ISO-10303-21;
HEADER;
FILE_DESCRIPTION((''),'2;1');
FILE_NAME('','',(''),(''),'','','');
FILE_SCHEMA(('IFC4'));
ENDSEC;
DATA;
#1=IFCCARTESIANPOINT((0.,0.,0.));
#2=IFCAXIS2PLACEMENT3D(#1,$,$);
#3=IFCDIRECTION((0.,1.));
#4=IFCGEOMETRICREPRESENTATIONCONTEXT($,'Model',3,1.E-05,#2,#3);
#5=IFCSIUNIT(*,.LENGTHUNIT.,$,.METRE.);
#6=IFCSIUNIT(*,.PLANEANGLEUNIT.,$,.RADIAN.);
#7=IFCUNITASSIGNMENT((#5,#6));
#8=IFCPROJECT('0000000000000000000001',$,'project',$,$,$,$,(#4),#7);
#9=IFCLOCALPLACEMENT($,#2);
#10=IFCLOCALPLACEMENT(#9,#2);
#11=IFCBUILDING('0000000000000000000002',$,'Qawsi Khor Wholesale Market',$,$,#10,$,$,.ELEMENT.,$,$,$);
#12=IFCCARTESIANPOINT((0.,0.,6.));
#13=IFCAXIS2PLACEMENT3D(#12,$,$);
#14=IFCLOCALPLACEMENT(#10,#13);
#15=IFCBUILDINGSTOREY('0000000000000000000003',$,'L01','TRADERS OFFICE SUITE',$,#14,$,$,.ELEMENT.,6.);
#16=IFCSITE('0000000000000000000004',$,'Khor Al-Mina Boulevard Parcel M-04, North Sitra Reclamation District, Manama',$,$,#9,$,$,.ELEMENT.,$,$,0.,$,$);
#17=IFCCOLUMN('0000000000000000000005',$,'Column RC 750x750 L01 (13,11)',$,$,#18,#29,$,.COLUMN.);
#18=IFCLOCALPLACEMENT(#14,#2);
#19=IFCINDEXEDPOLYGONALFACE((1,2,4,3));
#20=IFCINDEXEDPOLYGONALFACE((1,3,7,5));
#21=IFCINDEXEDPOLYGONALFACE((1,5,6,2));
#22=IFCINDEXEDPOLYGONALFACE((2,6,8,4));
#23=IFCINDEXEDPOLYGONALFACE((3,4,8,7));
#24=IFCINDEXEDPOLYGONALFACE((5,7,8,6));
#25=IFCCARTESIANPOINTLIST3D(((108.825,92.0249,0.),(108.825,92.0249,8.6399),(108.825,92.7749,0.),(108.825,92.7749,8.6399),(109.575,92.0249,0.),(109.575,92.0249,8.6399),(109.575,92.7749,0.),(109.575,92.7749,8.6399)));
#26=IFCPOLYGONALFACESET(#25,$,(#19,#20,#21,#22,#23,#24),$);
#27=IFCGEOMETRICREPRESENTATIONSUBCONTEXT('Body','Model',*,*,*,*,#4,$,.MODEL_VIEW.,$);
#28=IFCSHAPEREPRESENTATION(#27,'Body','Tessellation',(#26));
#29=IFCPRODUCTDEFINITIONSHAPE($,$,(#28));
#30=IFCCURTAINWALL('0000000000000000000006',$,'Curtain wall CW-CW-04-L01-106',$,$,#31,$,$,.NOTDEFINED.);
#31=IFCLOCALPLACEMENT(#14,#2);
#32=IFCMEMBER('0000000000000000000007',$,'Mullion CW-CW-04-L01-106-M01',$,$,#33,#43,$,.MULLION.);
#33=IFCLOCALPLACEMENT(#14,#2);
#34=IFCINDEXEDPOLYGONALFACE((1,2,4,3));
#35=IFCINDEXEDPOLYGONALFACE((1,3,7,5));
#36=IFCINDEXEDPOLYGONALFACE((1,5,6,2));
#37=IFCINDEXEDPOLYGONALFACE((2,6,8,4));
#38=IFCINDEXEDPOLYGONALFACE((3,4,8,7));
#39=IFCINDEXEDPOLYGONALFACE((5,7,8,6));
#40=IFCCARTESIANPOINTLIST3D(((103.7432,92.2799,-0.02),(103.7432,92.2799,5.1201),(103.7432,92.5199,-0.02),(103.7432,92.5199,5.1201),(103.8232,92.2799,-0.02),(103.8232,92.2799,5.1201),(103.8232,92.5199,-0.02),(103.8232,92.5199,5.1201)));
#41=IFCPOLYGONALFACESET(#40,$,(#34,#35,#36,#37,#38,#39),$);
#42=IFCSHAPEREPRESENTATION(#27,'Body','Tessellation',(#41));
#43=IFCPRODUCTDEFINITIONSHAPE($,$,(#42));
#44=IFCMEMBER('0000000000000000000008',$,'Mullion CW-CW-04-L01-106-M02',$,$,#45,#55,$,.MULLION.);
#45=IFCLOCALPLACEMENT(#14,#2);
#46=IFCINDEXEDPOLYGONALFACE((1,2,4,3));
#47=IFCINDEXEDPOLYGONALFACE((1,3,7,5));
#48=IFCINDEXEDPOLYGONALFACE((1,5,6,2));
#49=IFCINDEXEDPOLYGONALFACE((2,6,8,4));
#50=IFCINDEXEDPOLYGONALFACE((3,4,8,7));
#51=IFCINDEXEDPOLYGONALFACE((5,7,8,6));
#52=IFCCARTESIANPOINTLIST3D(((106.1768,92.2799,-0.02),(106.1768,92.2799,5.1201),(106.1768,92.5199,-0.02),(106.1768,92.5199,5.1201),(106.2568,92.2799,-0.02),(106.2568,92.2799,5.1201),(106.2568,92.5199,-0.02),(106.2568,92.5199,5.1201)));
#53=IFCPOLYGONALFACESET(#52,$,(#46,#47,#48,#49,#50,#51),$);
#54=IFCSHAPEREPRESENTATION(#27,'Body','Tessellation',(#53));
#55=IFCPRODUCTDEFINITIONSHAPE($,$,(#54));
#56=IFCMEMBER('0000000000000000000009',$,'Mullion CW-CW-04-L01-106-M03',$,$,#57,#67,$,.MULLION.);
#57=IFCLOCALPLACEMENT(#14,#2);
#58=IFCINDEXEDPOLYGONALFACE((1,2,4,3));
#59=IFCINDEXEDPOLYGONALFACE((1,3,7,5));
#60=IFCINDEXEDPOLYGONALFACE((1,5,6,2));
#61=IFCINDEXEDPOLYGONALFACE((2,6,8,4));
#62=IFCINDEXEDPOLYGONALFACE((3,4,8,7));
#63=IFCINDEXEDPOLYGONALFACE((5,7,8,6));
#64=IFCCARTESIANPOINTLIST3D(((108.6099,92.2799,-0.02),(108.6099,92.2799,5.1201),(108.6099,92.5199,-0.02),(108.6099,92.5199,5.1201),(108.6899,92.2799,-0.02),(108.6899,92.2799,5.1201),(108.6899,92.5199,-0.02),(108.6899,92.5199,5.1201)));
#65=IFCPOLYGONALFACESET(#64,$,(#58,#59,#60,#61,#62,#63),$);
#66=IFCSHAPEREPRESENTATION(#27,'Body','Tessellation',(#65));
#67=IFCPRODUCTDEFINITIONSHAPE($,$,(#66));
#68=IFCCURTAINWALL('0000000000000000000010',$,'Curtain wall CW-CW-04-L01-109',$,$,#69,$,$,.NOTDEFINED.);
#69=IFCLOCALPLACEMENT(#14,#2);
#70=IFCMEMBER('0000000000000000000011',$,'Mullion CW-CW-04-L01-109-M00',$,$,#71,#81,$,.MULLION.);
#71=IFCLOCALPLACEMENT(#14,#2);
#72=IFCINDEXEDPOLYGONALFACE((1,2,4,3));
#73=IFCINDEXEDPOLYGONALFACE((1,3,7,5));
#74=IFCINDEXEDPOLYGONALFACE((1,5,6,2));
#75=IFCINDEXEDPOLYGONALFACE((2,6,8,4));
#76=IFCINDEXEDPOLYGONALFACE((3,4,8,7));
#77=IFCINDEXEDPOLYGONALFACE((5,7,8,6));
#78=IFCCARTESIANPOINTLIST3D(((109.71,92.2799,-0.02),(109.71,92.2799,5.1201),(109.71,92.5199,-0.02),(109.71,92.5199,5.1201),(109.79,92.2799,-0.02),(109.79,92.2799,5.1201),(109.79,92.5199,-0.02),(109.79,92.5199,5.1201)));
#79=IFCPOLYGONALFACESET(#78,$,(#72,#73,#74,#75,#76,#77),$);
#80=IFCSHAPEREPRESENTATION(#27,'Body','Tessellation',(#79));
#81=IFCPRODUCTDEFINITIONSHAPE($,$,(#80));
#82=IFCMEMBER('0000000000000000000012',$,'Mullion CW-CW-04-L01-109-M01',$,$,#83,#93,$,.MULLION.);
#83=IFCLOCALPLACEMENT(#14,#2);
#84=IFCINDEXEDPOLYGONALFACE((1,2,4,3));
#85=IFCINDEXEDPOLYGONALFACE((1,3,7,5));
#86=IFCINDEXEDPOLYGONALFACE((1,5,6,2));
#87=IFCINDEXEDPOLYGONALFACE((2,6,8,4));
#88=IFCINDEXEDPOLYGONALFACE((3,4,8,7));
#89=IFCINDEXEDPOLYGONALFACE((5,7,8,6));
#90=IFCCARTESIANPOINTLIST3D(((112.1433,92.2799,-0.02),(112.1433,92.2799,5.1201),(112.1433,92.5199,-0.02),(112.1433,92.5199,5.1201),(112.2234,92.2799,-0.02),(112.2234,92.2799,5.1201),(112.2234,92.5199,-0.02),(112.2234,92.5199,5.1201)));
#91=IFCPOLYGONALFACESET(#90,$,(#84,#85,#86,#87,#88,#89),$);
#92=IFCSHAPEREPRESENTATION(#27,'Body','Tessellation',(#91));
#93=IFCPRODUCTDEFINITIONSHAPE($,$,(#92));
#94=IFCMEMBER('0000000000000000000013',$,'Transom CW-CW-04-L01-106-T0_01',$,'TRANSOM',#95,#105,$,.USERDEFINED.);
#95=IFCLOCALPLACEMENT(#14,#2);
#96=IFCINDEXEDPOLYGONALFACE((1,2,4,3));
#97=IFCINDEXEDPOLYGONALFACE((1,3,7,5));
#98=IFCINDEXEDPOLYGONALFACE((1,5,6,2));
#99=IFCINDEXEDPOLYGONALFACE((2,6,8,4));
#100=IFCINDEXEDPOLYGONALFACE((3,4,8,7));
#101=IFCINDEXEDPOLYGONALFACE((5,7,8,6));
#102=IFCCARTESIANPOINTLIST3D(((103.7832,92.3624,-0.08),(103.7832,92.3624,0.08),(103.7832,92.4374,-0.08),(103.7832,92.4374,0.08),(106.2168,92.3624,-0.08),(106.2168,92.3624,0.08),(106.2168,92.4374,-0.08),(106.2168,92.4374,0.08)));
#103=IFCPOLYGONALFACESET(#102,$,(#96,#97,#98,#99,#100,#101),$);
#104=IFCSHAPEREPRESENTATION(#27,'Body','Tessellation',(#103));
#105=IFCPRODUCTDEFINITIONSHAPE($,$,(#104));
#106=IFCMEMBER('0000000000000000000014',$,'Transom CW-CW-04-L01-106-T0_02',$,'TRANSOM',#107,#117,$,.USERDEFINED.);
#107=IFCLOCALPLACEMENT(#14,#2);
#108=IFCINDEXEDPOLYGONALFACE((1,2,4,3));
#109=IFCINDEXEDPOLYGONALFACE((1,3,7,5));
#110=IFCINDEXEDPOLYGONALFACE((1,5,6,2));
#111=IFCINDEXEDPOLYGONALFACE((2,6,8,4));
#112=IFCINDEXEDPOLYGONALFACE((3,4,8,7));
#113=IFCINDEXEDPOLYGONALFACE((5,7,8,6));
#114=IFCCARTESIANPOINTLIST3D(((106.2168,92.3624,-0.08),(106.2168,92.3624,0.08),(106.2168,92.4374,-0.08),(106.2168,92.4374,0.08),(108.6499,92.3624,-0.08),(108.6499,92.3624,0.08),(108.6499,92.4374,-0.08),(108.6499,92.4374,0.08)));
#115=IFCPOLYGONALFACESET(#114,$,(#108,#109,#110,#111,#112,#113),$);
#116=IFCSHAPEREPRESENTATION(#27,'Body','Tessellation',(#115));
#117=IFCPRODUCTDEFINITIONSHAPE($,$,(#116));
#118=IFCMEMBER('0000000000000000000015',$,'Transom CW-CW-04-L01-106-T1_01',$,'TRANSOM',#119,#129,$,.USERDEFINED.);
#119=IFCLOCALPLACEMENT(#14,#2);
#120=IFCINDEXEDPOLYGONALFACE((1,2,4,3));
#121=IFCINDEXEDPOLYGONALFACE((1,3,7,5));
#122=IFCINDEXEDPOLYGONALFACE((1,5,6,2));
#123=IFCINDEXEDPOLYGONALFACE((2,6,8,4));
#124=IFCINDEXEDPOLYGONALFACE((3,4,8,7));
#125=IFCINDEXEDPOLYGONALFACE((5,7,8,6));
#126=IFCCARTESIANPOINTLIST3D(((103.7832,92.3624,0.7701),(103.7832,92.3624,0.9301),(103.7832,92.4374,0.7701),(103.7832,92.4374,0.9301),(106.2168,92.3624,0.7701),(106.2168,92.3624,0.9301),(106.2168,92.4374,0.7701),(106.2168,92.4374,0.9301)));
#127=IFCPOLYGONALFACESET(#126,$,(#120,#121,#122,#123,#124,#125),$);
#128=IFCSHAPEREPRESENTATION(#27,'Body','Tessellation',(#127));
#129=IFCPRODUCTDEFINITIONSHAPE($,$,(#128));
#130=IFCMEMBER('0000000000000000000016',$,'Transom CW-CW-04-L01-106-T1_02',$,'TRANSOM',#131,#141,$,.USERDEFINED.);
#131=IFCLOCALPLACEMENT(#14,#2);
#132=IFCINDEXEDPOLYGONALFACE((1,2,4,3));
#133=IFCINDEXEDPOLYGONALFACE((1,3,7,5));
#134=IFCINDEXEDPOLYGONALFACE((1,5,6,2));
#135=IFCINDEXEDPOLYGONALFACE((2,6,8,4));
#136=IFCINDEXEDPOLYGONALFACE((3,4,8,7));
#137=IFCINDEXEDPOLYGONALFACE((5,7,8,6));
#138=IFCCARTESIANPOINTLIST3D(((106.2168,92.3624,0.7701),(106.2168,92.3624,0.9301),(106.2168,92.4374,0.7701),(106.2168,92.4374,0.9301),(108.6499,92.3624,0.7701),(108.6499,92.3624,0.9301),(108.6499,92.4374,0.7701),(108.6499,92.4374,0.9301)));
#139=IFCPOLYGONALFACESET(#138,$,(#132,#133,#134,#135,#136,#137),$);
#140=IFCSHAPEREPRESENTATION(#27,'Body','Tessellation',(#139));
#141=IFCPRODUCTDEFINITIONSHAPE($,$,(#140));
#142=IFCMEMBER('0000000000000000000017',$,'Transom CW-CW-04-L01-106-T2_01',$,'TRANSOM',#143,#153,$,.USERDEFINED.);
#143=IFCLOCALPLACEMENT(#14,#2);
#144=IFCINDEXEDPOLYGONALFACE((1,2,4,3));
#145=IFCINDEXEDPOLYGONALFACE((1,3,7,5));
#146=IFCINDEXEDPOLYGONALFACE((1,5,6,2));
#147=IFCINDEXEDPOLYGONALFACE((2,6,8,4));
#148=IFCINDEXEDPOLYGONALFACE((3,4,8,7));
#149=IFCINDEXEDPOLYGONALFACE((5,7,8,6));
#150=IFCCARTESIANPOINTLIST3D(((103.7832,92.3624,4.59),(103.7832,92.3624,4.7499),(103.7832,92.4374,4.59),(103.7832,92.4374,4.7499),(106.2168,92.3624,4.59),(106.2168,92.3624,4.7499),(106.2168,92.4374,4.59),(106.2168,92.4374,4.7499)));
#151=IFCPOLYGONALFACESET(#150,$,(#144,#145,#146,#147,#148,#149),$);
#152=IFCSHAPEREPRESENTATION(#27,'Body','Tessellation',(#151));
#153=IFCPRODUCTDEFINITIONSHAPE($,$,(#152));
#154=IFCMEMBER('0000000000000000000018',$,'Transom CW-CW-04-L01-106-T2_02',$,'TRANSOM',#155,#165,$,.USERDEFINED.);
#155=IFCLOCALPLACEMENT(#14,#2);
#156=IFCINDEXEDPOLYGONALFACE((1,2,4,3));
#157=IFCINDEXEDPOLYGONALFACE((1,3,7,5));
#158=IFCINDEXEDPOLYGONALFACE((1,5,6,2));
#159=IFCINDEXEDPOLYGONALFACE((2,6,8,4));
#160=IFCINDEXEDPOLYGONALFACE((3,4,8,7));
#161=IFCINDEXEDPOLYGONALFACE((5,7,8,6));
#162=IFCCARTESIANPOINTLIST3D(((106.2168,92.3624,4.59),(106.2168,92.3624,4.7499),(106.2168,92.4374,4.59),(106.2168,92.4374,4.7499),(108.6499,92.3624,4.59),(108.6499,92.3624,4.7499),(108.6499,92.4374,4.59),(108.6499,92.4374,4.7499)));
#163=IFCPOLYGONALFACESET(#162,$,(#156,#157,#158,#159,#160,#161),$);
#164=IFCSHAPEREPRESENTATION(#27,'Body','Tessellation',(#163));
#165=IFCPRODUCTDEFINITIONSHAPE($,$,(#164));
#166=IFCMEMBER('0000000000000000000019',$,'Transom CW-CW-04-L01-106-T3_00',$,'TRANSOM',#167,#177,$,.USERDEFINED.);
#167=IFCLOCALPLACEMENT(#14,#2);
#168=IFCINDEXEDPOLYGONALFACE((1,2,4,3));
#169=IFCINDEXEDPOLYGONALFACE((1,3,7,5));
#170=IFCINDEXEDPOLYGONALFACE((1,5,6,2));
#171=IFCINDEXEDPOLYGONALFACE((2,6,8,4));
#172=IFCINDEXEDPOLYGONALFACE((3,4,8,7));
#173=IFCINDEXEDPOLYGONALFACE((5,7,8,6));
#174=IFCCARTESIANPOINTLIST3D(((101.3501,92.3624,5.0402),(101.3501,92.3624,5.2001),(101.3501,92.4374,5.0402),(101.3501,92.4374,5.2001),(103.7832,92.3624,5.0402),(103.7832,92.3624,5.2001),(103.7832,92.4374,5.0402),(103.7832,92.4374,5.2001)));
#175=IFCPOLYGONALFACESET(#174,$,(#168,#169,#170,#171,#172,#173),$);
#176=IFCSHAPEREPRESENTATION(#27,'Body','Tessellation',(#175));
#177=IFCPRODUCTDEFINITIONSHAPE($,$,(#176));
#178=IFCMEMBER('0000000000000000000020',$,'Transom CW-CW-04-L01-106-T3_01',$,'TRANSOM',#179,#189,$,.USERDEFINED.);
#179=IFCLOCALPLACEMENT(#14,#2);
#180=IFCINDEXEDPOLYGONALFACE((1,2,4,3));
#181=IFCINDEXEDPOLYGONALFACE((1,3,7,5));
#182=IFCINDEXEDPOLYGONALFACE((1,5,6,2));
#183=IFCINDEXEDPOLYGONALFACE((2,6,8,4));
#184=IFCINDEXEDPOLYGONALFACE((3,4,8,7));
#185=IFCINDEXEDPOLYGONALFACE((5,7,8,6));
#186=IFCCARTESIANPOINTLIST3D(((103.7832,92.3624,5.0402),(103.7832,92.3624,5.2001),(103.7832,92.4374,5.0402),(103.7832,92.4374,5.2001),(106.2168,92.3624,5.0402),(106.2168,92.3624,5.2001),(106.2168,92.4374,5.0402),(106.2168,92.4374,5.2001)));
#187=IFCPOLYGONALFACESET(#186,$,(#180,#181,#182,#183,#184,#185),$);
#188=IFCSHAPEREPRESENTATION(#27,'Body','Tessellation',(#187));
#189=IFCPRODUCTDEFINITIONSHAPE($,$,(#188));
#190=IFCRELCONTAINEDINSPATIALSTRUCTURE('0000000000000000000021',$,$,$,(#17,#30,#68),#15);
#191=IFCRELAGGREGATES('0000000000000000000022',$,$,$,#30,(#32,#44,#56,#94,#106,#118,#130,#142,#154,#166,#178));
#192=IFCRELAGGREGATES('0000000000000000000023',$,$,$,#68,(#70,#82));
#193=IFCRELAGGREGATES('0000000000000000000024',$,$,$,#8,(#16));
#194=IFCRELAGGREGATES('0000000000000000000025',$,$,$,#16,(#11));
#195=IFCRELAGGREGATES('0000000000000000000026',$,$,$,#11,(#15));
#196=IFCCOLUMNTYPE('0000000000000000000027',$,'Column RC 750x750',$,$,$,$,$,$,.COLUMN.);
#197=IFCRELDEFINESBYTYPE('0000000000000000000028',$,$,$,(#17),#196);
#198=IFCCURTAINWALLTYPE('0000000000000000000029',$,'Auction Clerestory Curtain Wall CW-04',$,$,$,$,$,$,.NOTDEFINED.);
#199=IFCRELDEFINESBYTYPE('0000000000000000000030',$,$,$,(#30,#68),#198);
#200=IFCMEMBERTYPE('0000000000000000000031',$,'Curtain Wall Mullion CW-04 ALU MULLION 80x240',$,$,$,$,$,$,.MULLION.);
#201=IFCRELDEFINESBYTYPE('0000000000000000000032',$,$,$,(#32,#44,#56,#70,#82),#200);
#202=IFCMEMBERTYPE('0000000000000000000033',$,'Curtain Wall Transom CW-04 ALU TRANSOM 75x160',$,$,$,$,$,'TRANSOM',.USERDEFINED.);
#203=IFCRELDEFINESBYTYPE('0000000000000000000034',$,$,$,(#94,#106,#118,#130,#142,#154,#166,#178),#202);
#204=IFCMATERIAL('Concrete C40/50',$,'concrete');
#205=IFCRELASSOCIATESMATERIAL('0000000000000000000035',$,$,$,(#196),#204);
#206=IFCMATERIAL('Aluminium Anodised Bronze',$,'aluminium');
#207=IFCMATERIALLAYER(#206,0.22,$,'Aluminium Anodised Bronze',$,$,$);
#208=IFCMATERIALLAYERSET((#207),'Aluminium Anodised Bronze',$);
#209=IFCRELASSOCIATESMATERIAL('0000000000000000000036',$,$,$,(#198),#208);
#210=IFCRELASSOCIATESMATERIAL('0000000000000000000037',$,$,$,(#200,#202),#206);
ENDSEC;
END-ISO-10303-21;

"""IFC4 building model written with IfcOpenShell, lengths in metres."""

from ifc_helpers import new_model, si_unit, direction, frame, origin, origin_2d, place, context, subcontext, project, spatial, rectangle, extrude, material, layer, layer_set, material_profile, profile_set, type_object, element, aggregate, save


model = new_model("IFC4")

# Units and contexts
model_context = context("Model", 3, precision=1e-05, world=origin(), true_north=direction((0.0, 1.0)))
body_context = subcontext(model_context, "Body", "Model", "MODEL_VIEW")
ifc_project = project(units=[si_unit("LENGTHUNIT", "METRE"), si_unit("PLANEANGLEUNIT", "RADIAN")], contexts=[model_context])

# Site, building, storey
site_placement = place(None, origin())
site = spatial("IfcSite", under=ifc_project, at=site_placement, Name="Khor Al-Mina Boulevard Parcel M-04, North Sitra Reclamation District, Manama", CompositionType="ELEMENT", RefElevation=0.0)
building_placement = place(site_placement, origin())
building = spatial("IfcBuilding", under=site, at=building_placement, Name="Qawsi Khor Wholesale Market", CompositionType="ELEMENT")
storey_placement = place(building_placement, frame((0.0, 0.0, 6.0)))
storey = spatial("IfcBuildingStorey", under=building, at=storey_placement, Name="L01", Description="TRADERS OFFICE SUITE", CompositionType="ELEMENT", Elevation=6.0)

# Column
ifc_material_1 = material(Name="Concrete C40/50", Category="concrete")
ifc_material_profile_1 = material_profile(ifc_material_1, rectangle(XDim=0.75, YDim=0.75, at=origin_2d()), Name="RC 750x750")
ifc_profile_set_1 = profile_set([ifc_material_profile_1], Name="Concrete C40/50")
column_type = type_object("IfcColumnType", Name="Column RC 750x750", PredefinedType="COLUMN", material=ifc_profile_set_1)
column_placement = place(storey_placement, frame((109.2, 92.3999, 0.0), z_axis=(0.0, 0.0, 1.0), x_axis=(1.0, 0.0, 0.0)))
element("IfcColumn", 1, at=column_placement, inside=storey, type_object=column_type, Name="Column RC 750x750 L01 (13,11)", PredefinedType="COLUMN", context=body_context, shape_type="SweptSolid", body=[
    extrude(rectangle(XDim=0.75, YDim=0.75, at=origin_2d()), origin(), (0.0, 0.0, 1.0), 8.6399),
])

# Curtain walls, members
ifc_material_2 = material(Name="Aluminium Anodised Bronze", Category="aluminium")
ifc_layer_1 = layer(ifc_material_2, 0.22, Name="Aluminium Anodised Bronze")
ifc_layer_set_1 = layer_set([ifc_layer_1], Name="Aluminium Anodised Bronze")
curtain_wall_type = type_object("IfcCurtainWallType", Name="Auction Clerestory Curtain Wall CW-04", PredefinedType="NOTDEFINED", material=ifc_layer_set_1)
curtain_wall_1_placement = place(storey_placement, origin())
curtain_wall_1 = element("IfcCurtainWall", 2, at=curtain_wall_1_placement, inside=storey, type_object=curtain_wall_type, Name="Curtain wall CW-CW-04-L01-106", PredefinedType="NOTDEFINED")
ifc_material_profile_2 = material_profile(ifc_material_2, rectangle(XDim=0.0801, YDim=0.24, at=origin_2d()), Name="ALU MULLION 80x240")
ifc_profile_set_2 = profile_set([ifc_material_profile_2], Name="Aluminium Anodised Bronze")
member_type_1 = type_object("IfcMemberType", Name="Curtain Wall Mullion CW-04 ALU MULLION 80x240", PredefinedType="MULLION", material=ifc_profile_set_2)
member_1_placement = place(storey_placement, frame((103.7832, 92.3999, -0.02), z_axis=(0.0, 0.0, 1.0), x_axis=(1.0, 0.0, 0.0)))
member_1 = element("IfcMember", 3, at=member_1_placement, type_object=member_type_1, Name="Mullion CW-CW-04-L01-106-M01", PredefinedType="MULLION", context=body_context, shape_type="SweptSolid", body=[
    extrude(rectangle(XDim=0.0801, YDim=0.24, at=origin_2d()), origin(), (0.0, 0.0, 1.0), 5.1401),
])
member_2_placement = place(storey_placement, frame((106.2168, 92.3999, -0.02), z_axis=(0.0, 0.0, 1.0), x_axis=(1.0, 0.0, 0.0)))
member_2 = element("IfcMember", 4, at=member_2_placement, type_object=member_type_1, Name="Mullion CW-CW-04-L01-106-M02", PredefinedType="MULLION", context=body_context, shape_type="SweptSolid", body=[
    extrude(rectangle(XDim=0.0801, YDim=0.24, at=origin_2d()), origin(), (0.0, 0.0, 1.0), 5.1401),
])
member_3_placement = place(storey_placement, frame((108.6499, 92.3999, -0.02), z_axis=(0.0, 0.0, 1.0), x_axis=(1.0, 0.0, 0.0)))
member_3 = element("IfcMember", 5, at=member_3_placement, type_object=member_type_1, Name="Mullion CW-CW-04-L01-106-M03", PredefinedType="MULLION", context=body_context, shape_type="SweptSolid", body=[
    extrude(rectangle(XDim=0.0801, YDim=0.24, at=origin_2d()), origin(), (0.0, 0.0, 1.0), 5.1401),
])
curtain_wall_2_placement = place(storey_placement, origin())
curtain_wall_2 = element("IfcCurtainWall", 6, at=curtain_wall_2_placement, inside=storey, type_object=curtain_wall_type, Name="Curtain wall CW-CW-04-L01-109", PredefinedType="NOTDEFINED")
member_4_placement = place(storey_placement, frame((109.75, 92.3999, -0.02), z_axis=(0.0, 0.0, 1.0), x_axis=(1.0, 0.0, 0.0)))
member_4 = element("IfcMember", 7, at=member_4_placement, type_object=member_type_1, Name="Mullion CW-CW-04-L01-109-M00", PredefinedType="MULLION", context=body_context, shape_type="SweptSolid", body=[
    extrude(rectangle(XDim=0.0801, YDim=0.24, at=origin_2d()), origin(), (0.0, 0.0, 1.0), 5.1401),
])
member_5_placement = place(storey_placement, frame((112.1833, 92.3999, -0.02), z_axis=(0.0, 0.0, 1.0), x_axis=(1.0, 0.0, 0.0)))
member_5 = element("IfcMember", 8, at=member_5_placement, type_object=member_type_1, Name="Mullion CW-CW-04-L01-109-M01", PredefinedType="MULLION", context=body_context, shape_type="SweptSolid", body=[
    extrude(rectangle(XDim=0.0801, YDim=0.24, at=origin_2d()), origin(), (0.0, 0.0, 1.0), 5.1401),
])

# Members
ifc_material_profile_3 = material_profile(ifc_material_2, rectangle(XDim=0.075, YDim=0.1599, at=origin_2d()), Name="ALU TRANSOM 75x160")
ifc_profile_set_3 = profile_set([ifc_material_profile_3], Name="Aluminium Anodised Bronze")
member_type_2 = type_object("IfcMemberType", Name="Curtain Wall Transom CW-04 ALU TRANSOM 75x160", ElementType="TRANSOM", PredefinedType="USERDEFINED", material=ifc_profile_set_3)
member_6_placement = place(storey_placement, frame((103.7832, 92.3999, 0.0), z_axis=(1.0, 0.0, 0.0), x_axis=(0.0, 1.0, 0.0)))
member_6 = element("IfcMember", 9, at=member_6_placement, type_object=member_type_2, Name="Transom CW-CW-04-L01-106-T0_01", ObjectType="TRANSOM", PredefinedType="USERDEFINED", context=body_context, shape_type="SweptSolid", body=[
    extrude(rectangle(XDim=0.075, YDim=0.1599, at=origin_2d()), origin(), (0.0, 0.0, 1.0), 2.4336),
])
member_7_placement = place(storey_placement, frame((106.2168, 92.3999, 0.0), z_axis=(1.0, 0.0, 0.0), x_axis=(0.0, 1.0, 0.0)))
member_7 = element("IfcMember", 10, at=member_7_placement, type_object=member_type_2, Name="Transom CW-CW-04-L01-106-T0_02", ObjectType="TRANSOM", PredefinedType="USERDEFINED", context=body_context, shape_type="SweptSolid", body=[
    extrude(rectangle(XDim=0.075, YDim=0.1599, at=origin_2d()), origin(), (0.0, 0.0, 1.0), 2.4331),
])
member_8_placement = place(storey_placement, frame((103.7832, 92.3999, 0.8501), z_axis=(1.0, 0.0, 0.0), x_axis=(0.0, 1.0, 0.0)))
member_8 = element("IfcMember", 11, at=member_8_placement, type_object=member_type_2, Name="Transom CW-CW-04-L01-106-T1_01", ObjectType="TRANSOM", PredefinedType="USERDEFINED", context=body_context, shape_type="SweptSolid", body=[
    extrude(rectangle(XDim=0.075, YDim=0.1599, at=origin_2d()), origin(), (0.0, 0.0, 1.0), 2.4336),
])
member_9_placement = place(storey_placement, frame((106.2168, 92.3999, 0.8501), z_axis=(1.0, 0.0, 0.0), x_axis=(0.0, 1.0, 0.0)))
member_9 = element("IfcMember", 12, at=member_9_placement, type_object=member_type_2, Name="Transom CW-CW-04-L01-106-T1_02", ObjectType="TRANSOM", PredefinedType="USERDEFINED", context=body_context, shape_type="SweptSolid", body=[
    extrude(rectangle(XDim=0.075, YDim=0.1599, at=origin_2d()), origin(), (0.0, 0.0, 1.0), 2.4331),
])
member_10_placement = place(storey_placement, frame((103.7832, 92.3999, 4.6699), z_axis=(1.0, 0.0, 0.0), x_axis=(0.0, 1.0, 0.0)))
member_10 = element("IfcMember", 13, at=member_10_placement, type_object=member_type_2, Name="Transom CW-CW-04-L01-106-T2_01", ObjectType="TRANSOM", PredefinedType="USERDEFINED", context=body_context, shape_type="SweptSolid", body=[
    extrude(rectangle(XDim=0.075, YDim=0.1599, at=origin_2d()), origin(), (0.0, 0.0, 1.0), 2.4336),
])
member_11_placement = place(storey_placement, frame((106.2168, 92.3999, 4.6699), z_axis=(1.0, 0.0, 0.0), x_axis=(0.0, 1.0, 0.0)))
member_11 = element("IfcMember", 14, at=member_11_placement, type_object=member_type_2, Name="Transom CW-CW-04-L01-106-T2_02", ObjectType="TRANSOM", PredefinedType="USERDEFINED", context=body_context, shape_type="SweptSolid", body=[
    extrude(rectangle(XDim=0.075, YDim=0.1599, at=origin_2d()), origin(), (0.0, 0.0, 1.0), 2.4331),
])
member_12_placement = place(storey_placement, frame((101.3501, 92.3999, 5.1201), z_axis=(1.0, 0.0, 0.0), x_axis=(0.0, 1.0, 0.0)))
member_12 = element("IfcMember", 15, at=member_12_placement, type_object=member_type_2, Name="Transom CW-CW-04-L01-106-T3_00", ObjectType="TRANSOM", PredefinedType="USERDEFINED", context=body_context, shape_type="SweptSolid", body=[
    extrude(rectangle(XDim=0.075, YDim=0.1599, at=origin_2d()), origin(), (0.0, 0.0, 1.0), 2.4331),
])
member_13_placement = place(storey_placement, frame((103.7832, 92.3999, 5.1201), z_axis=(1.0, 0.0, 0.0), x_axis=(0.0, 1.0, 0.0)))
member_13 = element("IfcMember", 16, at=member_13_placement, type_object=member_type_2, Name="Transom CW-CW-04-L01-106-T3_01", ObjectType="TRANSOM", PredefinedType="USERDEFINED", context=body_context, shape_type="SweptSolid", body=[
    extrude(rectangle(XDim=0.075, YDim=0.1599, at=origin_2d()), origin(), (0.0, 0.0, 1.0), 2.4336),
])

aggregate(curtain_wall_1, [member_1, member_2, member_3, member_6, member_7, member_8, member_9, member_10, member_11, member_12, member_13])
aggregate(curtain_wall_2, [member_4, member_5])

save(model, "model.ifc")
